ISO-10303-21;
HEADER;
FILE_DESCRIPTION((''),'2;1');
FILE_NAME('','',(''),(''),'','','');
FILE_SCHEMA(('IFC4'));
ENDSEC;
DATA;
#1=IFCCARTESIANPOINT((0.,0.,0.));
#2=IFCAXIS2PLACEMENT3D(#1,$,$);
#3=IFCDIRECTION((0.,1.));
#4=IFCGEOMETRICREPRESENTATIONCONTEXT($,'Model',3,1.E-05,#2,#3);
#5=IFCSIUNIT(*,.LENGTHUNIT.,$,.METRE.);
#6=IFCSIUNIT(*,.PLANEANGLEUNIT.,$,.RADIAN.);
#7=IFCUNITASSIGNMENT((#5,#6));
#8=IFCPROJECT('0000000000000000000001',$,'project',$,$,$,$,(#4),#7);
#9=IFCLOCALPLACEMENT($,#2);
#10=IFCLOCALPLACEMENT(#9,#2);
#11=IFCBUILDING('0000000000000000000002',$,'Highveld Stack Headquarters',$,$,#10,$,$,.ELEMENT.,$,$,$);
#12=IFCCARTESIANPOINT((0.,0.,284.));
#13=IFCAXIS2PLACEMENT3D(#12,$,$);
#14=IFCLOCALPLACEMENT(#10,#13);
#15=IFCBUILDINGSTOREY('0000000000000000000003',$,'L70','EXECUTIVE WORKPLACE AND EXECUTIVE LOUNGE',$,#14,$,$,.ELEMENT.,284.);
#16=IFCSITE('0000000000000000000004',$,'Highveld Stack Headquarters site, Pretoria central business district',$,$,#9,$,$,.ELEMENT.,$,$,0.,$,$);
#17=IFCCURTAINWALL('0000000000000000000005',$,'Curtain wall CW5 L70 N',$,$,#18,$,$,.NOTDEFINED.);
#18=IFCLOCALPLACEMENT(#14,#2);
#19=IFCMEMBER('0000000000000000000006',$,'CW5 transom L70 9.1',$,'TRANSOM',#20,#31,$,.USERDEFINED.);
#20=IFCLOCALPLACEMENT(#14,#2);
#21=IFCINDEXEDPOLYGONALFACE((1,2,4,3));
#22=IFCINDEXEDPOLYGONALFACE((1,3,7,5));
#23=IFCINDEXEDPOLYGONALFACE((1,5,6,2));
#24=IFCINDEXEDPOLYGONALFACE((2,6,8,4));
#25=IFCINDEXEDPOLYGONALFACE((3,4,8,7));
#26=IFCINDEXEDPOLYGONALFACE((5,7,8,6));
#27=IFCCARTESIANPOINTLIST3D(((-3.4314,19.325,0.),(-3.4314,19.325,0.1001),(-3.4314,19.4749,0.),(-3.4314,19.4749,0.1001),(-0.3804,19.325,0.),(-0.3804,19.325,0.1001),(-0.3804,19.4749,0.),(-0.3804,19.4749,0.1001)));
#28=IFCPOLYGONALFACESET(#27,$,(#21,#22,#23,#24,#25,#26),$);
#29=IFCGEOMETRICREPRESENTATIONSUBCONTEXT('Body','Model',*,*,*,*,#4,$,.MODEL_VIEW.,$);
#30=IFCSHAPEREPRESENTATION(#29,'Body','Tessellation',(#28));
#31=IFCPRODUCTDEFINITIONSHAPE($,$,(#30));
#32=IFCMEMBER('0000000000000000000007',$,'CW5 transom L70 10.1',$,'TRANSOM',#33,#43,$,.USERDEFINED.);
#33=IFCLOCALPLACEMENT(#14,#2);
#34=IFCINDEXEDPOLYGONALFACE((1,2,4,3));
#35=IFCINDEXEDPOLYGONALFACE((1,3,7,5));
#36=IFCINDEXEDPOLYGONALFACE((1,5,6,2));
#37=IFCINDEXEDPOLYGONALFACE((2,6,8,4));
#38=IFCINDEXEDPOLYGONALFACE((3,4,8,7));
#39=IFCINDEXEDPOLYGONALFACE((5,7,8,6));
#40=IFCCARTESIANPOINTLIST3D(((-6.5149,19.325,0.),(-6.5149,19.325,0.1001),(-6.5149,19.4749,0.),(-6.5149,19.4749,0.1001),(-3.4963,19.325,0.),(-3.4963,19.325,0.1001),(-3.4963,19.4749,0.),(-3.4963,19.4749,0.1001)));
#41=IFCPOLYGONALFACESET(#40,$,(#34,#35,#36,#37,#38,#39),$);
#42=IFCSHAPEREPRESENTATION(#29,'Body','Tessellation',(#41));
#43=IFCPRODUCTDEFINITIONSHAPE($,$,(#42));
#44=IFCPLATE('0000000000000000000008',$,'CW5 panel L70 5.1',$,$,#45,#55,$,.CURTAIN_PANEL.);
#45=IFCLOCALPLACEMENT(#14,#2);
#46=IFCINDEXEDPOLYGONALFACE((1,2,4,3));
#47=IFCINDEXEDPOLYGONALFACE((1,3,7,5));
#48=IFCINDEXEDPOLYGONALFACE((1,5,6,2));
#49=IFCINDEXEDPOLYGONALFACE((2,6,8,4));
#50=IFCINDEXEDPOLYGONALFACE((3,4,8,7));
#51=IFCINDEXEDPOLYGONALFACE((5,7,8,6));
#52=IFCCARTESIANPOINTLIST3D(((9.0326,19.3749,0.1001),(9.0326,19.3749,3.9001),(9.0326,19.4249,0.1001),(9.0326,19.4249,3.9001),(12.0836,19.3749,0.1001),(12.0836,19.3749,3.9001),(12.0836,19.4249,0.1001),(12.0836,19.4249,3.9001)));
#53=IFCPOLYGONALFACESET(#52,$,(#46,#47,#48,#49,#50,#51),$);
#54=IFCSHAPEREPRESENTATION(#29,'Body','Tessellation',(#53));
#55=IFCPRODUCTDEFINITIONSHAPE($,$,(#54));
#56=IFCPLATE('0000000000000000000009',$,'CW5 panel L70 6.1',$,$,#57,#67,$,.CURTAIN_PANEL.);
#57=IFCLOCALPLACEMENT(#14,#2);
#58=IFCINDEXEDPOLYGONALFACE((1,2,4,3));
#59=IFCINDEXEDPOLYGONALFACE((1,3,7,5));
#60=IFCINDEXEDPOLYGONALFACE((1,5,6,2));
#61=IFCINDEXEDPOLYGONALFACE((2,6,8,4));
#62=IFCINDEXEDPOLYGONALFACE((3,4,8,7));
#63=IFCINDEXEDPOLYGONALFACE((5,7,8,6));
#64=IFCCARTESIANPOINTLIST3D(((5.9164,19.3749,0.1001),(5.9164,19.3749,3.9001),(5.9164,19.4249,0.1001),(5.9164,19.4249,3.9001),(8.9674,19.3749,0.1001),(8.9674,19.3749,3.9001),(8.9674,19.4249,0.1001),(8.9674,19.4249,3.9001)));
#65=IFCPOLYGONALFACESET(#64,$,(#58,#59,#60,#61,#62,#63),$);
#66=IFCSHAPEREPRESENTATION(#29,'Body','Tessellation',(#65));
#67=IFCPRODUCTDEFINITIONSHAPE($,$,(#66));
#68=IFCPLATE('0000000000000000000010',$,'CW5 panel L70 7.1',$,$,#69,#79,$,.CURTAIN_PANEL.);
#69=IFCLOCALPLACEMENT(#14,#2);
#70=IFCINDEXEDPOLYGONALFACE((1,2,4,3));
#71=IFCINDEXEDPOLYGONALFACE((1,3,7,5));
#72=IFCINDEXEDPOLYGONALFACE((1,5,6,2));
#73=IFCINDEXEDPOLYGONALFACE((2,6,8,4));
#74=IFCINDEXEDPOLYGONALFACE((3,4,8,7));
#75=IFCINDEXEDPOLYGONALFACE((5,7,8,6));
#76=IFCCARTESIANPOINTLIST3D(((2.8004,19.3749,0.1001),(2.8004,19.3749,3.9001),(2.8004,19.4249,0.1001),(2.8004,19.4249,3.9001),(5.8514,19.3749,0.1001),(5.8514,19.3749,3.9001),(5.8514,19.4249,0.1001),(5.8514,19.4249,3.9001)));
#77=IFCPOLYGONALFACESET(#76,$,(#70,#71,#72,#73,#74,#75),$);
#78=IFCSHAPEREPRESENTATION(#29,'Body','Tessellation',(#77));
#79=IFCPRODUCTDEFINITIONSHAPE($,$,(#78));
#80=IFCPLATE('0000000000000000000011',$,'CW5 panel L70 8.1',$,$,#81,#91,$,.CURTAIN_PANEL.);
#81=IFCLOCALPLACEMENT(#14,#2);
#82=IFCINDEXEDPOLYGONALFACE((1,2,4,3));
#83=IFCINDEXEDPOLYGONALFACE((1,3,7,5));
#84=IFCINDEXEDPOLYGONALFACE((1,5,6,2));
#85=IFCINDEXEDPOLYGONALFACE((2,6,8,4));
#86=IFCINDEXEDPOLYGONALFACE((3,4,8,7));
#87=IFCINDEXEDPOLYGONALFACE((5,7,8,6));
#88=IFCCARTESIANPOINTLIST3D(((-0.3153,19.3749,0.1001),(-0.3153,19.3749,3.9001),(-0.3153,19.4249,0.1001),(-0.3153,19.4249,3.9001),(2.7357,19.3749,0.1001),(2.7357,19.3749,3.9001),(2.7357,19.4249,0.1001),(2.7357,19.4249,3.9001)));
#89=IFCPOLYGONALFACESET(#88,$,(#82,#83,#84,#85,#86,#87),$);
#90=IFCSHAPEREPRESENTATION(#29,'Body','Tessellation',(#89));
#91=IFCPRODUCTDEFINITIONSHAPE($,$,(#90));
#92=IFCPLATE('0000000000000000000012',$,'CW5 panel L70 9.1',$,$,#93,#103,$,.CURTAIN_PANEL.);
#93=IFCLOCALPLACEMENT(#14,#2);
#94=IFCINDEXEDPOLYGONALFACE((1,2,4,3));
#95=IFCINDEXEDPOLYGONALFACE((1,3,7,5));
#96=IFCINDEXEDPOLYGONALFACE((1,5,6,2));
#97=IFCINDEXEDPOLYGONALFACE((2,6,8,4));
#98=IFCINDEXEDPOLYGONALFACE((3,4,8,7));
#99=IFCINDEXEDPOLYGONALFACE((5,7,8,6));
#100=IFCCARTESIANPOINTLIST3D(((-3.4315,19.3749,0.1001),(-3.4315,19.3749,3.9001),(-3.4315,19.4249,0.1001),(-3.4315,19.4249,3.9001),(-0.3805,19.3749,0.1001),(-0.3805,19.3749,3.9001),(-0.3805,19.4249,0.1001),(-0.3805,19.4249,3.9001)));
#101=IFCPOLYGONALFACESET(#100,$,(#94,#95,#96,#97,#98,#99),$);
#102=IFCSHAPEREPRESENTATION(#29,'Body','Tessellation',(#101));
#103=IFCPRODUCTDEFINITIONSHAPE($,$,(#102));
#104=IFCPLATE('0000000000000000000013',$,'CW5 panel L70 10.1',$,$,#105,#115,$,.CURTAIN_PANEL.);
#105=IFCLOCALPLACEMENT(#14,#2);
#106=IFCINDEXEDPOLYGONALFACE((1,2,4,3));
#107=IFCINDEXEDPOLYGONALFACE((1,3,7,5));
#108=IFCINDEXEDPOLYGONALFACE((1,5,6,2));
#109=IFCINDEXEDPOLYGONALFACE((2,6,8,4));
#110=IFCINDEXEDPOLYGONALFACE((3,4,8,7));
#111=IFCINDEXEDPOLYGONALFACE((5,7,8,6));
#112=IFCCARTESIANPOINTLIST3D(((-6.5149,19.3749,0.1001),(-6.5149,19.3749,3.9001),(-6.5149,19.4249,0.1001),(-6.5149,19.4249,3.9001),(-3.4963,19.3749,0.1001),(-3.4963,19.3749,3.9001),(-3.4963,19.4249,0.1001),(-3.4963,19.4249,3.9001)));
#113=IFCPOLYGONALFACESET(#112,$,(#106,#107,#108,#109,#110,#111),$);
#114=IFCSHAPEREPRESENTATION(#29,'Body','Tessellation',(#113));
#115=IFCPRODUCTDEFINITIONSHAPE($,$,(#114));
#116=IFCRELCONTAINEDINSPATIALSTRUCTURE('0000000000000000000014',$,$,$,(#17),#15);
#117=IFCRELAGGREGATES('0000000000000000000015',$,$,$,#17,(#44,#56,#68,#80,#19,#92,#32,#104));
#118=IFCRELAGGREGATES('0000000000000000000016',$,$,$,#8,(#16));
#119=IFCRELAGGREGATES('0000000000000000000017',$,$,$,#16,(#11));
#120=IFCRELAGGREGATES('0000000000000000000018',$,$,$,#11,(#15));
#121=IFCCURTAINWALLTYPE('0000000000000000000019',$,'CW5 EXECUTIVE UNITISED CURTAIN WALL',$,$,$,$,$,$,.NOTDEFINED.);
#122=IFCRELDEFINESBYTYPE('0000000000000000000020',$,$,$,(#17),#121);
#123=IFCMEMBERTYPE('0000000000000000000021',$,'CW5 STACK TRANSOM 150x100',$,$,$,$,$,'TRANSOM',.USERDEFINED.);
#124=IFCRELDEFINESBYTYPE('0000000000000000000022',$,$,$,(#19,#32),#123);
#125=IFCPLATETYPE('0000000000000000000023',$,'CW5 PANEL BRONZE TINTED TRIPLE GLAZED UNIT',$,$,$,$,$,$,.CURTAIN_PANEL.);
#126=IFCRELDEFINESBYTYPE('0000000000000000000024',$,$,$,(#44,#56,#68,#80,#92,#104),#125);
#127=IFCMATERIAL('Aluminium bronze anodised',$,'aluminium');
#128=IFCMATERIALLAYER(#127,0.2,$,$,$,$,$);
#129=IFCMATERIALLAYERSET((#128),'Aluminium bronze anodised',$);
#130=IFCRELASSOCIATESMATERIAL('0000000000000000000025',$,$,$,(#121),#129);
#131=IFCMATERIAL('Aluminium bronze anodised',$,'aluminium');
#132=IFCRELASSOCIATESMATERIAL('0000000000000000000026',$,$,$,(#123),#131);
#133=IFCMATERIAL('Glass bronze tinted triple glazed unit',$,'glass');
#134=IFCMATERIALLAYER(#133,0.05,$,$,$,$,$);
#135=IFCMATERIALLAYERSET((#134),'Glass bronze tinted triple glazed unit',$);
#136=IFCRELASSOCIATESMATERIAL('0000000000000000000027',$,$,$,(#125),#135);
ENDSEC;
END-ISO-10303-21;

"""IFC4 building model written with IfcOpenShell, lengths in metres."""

from ifc_helpers import new_model, si_unit, direction, frame, origin, origin_2d, place, context, subcontext, project, spatial, rectangle, extrude, material, layer, layer_set, material_profile, profile_set, type_object, element, aggregate, save


model = new_model("IFC4")

# Units and contexts
model_context = context("Model", 3, precision=1e-05, world=origin(), true_north=direction((0.0, 1.0)))
body_context = subcontext(model_context, "Body", "Model", "MODEL_VIEW")
ifc_project = project(units=[si_unit("LENGTHUNIT", "METRE"), si_unit("PLANEANGLEUNIT", "RADIAN")], contexts=[model_context])

# Site, building, storey
site_placement = place(None, origin())
site = spatial("IfcSite", under=ifc_project, at=site_placement, Name="Highveld Stack Headquarters site, Pretoria central business district", CompositionType="ELEMENT", RefElevation=0.0)
building_placement = place(site_placement, origin())
building = spatial("IfcBuilding", under=site, at=building_placement, Name="Highveld Stack Headquarters", CompositionType="ELEMENT")
storey_placement = place(building_placement, frame((0.0, 0.0, 284.0)))
storey = spatial("IfcBuildingStorey", under=building, at=storey_placement, Name="L70", Description="EXECUTIVE WORKPLACE AND EXECUTIVE LOUNGE", CompositionType="ELEMENT", Elevation=284.0)

# Curtain wall, members, plates
ifc_material_1 = material(Name="Aluminium bronze anodised", Category="aluminium")
ifc_layer_1 = layer(ifc_material_1, 0.2)
ifc_layer_set_1 = layer_set([ifc_layer_1], Name="Aluminium bronze anodised")
curtain_wall_type = type_object("IfcCurtainWallType", Name="CW5 EXECUTIVE UNITISED CURTAIN WALL", PredefinedType="NOTDEFINED", material=ifc_layer_set_1)
curtain_wall_placement = place(storey_placement, origin())
curtain_wall = element("IfcCurtainWall", 1, at=curtain_wall_placement, inside=storey, type_object=curtain_wall_type, Name="Curtain wall CW5 L70 N", PredefinedType="NOTDEFINED")
ifc_material_2 = material(Name="Aluminium bronze anodised", Category="aluminium")
ifc_material_profile_1 = material_profile(ifc_material_2, rectangle(XDim=0.1499, YDim=0.1001, at=origin_2d()), Name="CW5 TRANSOM 150x100")
ifc_profile_set_1 = profile_set([ifc_material_profile_1], Name="Aluminium bronze anodised")
member_type_1 = type_object("IfcMemberType", Name="CW5 STACK TRANSOM 150x100", ElementType="TRANSOM", PredefinedType="USERDEFINED", material=ifc_profile_set_1)
member_1_placement = place(storey_placement, frame((-0.3804, 19.3999, 0.05), z_axis=(-1.0, 0.0, 0.0), x_axis=(0.0, -1.0, 0.0)))
member_1 = element("IfcMember", 2, at=member_1_placement, type_object=member_type_1, Name="CW5 transom L70 9.1", ObjectType="TRANSOM", PredefinedType="USERDEFINED", context=body_context, shape_type="SweptSolid", body=[
    extrude(rectangle(XDim=0.1499, YDim=0.1001, at=origin_2d()), origin(), (0.0, 0.0, 1.0), 3.051),
])
member_2_placement = place(storey_placement, frame((-3.4963, 19.3999, 0.05), z_axis=(-1.0, 0.0, 0.0), x_axis=(0.0, -1.0, 0.0)))
member_2 = element("IfcMember", 3, at=member_2_placement, type_object=member_type_1, Name="CW5 transom L70 10.1", ObjectType="TRANSOM", PredefinedType="USERDEFINED", context=body_context, shape_type="SweptSolid", body=[
    extrude(rectangle(XDim=0.1499, YDim=0.1001, at=origin_2d()), origin(), (0.0, 0.0, 1.0), 3.0186),
])
ifc_material_3 = material(Name="Glass bronze tinted triple glazed unit", Category="glass")
ifc_layer_2 = layer(ifc_material_3, 0.05)
ifc_layer_set_2 = layer_set([ifc_layer_2], Name="Glass bronze tinted triple glazed unit")
plate_type = type_object("IfcPlateType", Name="CW5 PANEL BRONZE TINTED TRIPLE GLAZED UNIT", PredefinedType="CURTAIN_PANEL", material=ifc_layer_set_2)
plate_1_placement = place(storey_placement, frame((10.5581, 19.3999, 0.1001), z_axis=(0.0, 0.0, 1.0), x_axis=(-1.0, 0.0, 0.0)))
plate_1 = element("IfcPlate", 4, at=plate_1_placement, type_object=plate_type, Name="CW5 panel L70 5.1", PredefinedType="CURTAIN_PANEL", context=body_context, shape_type="SweptSolid", body=[
    extrude(rectangle(XDim=3.051, YDim=0.05, at=origin_2d()), origin(), (0.0, 0.0, 1.0), 3.8),
])
plate_2_placement = place(storey_placement, frame((7.4419, 19.3999, 0.1001), z_axis=(0.0, 0.0, 1.0), x_axis=(-1.0, 0.0, 0.0)))
plate_2 = element("IfcPlate", 5, at=plate_2_placement, type_object=plate_type, Name="CW5 panel L70 6.1", PredefinedType="CURTAIN_PANEL", context=body_context, shape_type="SweptSolid", body=[
    extrude(rectangle(XDim=3.051, YDim=0.05, at=origin_2d()), origin(), (0.0, 0.0, 1.0), 3.8),
])
plate_3_placement = place(storey_placement, frame((4.3259, 19.3999, 0.1001), z_axis=(0.0, 0.0, 1.0), x_axis=(-1.0, 0.0, 0.0)))
plate_3 = element("IfcPlate", 6, at=plate_3_placement, type_object=plate_type, Name="CW5 panel L70 7.1", PredefinedType="CURTAIN_PANEL", context=body_context, shape_type="SweptSolid", body=[
    extrude(rectangle(XDim=3.051, YDim=0.05, at=origin_2d()), origin(), (0.0, 0.0, 1.0), 3.8),
])
plate_4_placement = place(storey_placement, frame((1.2102, 19.3999, 0.1001), z_axis=(0.0, 0.0, 1.0), x_axis=(-1.0, 0.0, 0.0)))
plate_4 = element("IfcPlate", 7, at=plate_4_placement, type_object=plate_type, Name="CW5 panel L70 8.1", PredefinedType="CURTAIN_PANEL", context=body_context, shape_type="SweptSolid", body=[
    extrude(rectangle(XDim=3.051, YDim=0.05, at=origin_2d()), origin(), (0.0, 0.0, 1.0), 3.8),
])
plate_5_placement = place(storey_placement, frame((-1.906, 19.3999, 0.1001), z_axis=(0.0, 0.0, 1.0), x_axis=(-1.0, 0.0, 0.0)))
plate_5 = element("IfcPlate", 8, at=plate_5_placement, type_object=plate_type, Name="CW5 panel L70 9.1", PredefinedType="CURTAIN_PANEL", context=body_context, shape_type="SweptSolid", body=[
    extrude(rectangle(XDim=3.051, YDim=0.05, at=origin_2d()), origin(), (0.0, 0.0, 1.0), 3.8),
])
plate_6_placement = place(storey_placement, frame((-5.0056, 19.3999, 0.1001), z_axis=(0.0, 0.0, 1.0), x_axis=(-1.0, 0.0, 0.0)))
plate_6 = element("IfcPlate", 9, at=plate_6_placement, type_object=plate_type, Name="CW5 panel L70 10.1", PredefinedType="CURTAIN_PANEL", context=body_context, shape_type="SweptSolid", body=[
    extrude(rectangle(XDim=3.0186, YDim=0.05, at=origin_2d()), origin(), (0.0, 0.0, 1.0), 3.8),
])
aggregate(curtain_wall, [plate_1, plate_2, plate_3, plate_4, member_1, plate_5, member_2, plate_6])

save(model, "model.ifc")
